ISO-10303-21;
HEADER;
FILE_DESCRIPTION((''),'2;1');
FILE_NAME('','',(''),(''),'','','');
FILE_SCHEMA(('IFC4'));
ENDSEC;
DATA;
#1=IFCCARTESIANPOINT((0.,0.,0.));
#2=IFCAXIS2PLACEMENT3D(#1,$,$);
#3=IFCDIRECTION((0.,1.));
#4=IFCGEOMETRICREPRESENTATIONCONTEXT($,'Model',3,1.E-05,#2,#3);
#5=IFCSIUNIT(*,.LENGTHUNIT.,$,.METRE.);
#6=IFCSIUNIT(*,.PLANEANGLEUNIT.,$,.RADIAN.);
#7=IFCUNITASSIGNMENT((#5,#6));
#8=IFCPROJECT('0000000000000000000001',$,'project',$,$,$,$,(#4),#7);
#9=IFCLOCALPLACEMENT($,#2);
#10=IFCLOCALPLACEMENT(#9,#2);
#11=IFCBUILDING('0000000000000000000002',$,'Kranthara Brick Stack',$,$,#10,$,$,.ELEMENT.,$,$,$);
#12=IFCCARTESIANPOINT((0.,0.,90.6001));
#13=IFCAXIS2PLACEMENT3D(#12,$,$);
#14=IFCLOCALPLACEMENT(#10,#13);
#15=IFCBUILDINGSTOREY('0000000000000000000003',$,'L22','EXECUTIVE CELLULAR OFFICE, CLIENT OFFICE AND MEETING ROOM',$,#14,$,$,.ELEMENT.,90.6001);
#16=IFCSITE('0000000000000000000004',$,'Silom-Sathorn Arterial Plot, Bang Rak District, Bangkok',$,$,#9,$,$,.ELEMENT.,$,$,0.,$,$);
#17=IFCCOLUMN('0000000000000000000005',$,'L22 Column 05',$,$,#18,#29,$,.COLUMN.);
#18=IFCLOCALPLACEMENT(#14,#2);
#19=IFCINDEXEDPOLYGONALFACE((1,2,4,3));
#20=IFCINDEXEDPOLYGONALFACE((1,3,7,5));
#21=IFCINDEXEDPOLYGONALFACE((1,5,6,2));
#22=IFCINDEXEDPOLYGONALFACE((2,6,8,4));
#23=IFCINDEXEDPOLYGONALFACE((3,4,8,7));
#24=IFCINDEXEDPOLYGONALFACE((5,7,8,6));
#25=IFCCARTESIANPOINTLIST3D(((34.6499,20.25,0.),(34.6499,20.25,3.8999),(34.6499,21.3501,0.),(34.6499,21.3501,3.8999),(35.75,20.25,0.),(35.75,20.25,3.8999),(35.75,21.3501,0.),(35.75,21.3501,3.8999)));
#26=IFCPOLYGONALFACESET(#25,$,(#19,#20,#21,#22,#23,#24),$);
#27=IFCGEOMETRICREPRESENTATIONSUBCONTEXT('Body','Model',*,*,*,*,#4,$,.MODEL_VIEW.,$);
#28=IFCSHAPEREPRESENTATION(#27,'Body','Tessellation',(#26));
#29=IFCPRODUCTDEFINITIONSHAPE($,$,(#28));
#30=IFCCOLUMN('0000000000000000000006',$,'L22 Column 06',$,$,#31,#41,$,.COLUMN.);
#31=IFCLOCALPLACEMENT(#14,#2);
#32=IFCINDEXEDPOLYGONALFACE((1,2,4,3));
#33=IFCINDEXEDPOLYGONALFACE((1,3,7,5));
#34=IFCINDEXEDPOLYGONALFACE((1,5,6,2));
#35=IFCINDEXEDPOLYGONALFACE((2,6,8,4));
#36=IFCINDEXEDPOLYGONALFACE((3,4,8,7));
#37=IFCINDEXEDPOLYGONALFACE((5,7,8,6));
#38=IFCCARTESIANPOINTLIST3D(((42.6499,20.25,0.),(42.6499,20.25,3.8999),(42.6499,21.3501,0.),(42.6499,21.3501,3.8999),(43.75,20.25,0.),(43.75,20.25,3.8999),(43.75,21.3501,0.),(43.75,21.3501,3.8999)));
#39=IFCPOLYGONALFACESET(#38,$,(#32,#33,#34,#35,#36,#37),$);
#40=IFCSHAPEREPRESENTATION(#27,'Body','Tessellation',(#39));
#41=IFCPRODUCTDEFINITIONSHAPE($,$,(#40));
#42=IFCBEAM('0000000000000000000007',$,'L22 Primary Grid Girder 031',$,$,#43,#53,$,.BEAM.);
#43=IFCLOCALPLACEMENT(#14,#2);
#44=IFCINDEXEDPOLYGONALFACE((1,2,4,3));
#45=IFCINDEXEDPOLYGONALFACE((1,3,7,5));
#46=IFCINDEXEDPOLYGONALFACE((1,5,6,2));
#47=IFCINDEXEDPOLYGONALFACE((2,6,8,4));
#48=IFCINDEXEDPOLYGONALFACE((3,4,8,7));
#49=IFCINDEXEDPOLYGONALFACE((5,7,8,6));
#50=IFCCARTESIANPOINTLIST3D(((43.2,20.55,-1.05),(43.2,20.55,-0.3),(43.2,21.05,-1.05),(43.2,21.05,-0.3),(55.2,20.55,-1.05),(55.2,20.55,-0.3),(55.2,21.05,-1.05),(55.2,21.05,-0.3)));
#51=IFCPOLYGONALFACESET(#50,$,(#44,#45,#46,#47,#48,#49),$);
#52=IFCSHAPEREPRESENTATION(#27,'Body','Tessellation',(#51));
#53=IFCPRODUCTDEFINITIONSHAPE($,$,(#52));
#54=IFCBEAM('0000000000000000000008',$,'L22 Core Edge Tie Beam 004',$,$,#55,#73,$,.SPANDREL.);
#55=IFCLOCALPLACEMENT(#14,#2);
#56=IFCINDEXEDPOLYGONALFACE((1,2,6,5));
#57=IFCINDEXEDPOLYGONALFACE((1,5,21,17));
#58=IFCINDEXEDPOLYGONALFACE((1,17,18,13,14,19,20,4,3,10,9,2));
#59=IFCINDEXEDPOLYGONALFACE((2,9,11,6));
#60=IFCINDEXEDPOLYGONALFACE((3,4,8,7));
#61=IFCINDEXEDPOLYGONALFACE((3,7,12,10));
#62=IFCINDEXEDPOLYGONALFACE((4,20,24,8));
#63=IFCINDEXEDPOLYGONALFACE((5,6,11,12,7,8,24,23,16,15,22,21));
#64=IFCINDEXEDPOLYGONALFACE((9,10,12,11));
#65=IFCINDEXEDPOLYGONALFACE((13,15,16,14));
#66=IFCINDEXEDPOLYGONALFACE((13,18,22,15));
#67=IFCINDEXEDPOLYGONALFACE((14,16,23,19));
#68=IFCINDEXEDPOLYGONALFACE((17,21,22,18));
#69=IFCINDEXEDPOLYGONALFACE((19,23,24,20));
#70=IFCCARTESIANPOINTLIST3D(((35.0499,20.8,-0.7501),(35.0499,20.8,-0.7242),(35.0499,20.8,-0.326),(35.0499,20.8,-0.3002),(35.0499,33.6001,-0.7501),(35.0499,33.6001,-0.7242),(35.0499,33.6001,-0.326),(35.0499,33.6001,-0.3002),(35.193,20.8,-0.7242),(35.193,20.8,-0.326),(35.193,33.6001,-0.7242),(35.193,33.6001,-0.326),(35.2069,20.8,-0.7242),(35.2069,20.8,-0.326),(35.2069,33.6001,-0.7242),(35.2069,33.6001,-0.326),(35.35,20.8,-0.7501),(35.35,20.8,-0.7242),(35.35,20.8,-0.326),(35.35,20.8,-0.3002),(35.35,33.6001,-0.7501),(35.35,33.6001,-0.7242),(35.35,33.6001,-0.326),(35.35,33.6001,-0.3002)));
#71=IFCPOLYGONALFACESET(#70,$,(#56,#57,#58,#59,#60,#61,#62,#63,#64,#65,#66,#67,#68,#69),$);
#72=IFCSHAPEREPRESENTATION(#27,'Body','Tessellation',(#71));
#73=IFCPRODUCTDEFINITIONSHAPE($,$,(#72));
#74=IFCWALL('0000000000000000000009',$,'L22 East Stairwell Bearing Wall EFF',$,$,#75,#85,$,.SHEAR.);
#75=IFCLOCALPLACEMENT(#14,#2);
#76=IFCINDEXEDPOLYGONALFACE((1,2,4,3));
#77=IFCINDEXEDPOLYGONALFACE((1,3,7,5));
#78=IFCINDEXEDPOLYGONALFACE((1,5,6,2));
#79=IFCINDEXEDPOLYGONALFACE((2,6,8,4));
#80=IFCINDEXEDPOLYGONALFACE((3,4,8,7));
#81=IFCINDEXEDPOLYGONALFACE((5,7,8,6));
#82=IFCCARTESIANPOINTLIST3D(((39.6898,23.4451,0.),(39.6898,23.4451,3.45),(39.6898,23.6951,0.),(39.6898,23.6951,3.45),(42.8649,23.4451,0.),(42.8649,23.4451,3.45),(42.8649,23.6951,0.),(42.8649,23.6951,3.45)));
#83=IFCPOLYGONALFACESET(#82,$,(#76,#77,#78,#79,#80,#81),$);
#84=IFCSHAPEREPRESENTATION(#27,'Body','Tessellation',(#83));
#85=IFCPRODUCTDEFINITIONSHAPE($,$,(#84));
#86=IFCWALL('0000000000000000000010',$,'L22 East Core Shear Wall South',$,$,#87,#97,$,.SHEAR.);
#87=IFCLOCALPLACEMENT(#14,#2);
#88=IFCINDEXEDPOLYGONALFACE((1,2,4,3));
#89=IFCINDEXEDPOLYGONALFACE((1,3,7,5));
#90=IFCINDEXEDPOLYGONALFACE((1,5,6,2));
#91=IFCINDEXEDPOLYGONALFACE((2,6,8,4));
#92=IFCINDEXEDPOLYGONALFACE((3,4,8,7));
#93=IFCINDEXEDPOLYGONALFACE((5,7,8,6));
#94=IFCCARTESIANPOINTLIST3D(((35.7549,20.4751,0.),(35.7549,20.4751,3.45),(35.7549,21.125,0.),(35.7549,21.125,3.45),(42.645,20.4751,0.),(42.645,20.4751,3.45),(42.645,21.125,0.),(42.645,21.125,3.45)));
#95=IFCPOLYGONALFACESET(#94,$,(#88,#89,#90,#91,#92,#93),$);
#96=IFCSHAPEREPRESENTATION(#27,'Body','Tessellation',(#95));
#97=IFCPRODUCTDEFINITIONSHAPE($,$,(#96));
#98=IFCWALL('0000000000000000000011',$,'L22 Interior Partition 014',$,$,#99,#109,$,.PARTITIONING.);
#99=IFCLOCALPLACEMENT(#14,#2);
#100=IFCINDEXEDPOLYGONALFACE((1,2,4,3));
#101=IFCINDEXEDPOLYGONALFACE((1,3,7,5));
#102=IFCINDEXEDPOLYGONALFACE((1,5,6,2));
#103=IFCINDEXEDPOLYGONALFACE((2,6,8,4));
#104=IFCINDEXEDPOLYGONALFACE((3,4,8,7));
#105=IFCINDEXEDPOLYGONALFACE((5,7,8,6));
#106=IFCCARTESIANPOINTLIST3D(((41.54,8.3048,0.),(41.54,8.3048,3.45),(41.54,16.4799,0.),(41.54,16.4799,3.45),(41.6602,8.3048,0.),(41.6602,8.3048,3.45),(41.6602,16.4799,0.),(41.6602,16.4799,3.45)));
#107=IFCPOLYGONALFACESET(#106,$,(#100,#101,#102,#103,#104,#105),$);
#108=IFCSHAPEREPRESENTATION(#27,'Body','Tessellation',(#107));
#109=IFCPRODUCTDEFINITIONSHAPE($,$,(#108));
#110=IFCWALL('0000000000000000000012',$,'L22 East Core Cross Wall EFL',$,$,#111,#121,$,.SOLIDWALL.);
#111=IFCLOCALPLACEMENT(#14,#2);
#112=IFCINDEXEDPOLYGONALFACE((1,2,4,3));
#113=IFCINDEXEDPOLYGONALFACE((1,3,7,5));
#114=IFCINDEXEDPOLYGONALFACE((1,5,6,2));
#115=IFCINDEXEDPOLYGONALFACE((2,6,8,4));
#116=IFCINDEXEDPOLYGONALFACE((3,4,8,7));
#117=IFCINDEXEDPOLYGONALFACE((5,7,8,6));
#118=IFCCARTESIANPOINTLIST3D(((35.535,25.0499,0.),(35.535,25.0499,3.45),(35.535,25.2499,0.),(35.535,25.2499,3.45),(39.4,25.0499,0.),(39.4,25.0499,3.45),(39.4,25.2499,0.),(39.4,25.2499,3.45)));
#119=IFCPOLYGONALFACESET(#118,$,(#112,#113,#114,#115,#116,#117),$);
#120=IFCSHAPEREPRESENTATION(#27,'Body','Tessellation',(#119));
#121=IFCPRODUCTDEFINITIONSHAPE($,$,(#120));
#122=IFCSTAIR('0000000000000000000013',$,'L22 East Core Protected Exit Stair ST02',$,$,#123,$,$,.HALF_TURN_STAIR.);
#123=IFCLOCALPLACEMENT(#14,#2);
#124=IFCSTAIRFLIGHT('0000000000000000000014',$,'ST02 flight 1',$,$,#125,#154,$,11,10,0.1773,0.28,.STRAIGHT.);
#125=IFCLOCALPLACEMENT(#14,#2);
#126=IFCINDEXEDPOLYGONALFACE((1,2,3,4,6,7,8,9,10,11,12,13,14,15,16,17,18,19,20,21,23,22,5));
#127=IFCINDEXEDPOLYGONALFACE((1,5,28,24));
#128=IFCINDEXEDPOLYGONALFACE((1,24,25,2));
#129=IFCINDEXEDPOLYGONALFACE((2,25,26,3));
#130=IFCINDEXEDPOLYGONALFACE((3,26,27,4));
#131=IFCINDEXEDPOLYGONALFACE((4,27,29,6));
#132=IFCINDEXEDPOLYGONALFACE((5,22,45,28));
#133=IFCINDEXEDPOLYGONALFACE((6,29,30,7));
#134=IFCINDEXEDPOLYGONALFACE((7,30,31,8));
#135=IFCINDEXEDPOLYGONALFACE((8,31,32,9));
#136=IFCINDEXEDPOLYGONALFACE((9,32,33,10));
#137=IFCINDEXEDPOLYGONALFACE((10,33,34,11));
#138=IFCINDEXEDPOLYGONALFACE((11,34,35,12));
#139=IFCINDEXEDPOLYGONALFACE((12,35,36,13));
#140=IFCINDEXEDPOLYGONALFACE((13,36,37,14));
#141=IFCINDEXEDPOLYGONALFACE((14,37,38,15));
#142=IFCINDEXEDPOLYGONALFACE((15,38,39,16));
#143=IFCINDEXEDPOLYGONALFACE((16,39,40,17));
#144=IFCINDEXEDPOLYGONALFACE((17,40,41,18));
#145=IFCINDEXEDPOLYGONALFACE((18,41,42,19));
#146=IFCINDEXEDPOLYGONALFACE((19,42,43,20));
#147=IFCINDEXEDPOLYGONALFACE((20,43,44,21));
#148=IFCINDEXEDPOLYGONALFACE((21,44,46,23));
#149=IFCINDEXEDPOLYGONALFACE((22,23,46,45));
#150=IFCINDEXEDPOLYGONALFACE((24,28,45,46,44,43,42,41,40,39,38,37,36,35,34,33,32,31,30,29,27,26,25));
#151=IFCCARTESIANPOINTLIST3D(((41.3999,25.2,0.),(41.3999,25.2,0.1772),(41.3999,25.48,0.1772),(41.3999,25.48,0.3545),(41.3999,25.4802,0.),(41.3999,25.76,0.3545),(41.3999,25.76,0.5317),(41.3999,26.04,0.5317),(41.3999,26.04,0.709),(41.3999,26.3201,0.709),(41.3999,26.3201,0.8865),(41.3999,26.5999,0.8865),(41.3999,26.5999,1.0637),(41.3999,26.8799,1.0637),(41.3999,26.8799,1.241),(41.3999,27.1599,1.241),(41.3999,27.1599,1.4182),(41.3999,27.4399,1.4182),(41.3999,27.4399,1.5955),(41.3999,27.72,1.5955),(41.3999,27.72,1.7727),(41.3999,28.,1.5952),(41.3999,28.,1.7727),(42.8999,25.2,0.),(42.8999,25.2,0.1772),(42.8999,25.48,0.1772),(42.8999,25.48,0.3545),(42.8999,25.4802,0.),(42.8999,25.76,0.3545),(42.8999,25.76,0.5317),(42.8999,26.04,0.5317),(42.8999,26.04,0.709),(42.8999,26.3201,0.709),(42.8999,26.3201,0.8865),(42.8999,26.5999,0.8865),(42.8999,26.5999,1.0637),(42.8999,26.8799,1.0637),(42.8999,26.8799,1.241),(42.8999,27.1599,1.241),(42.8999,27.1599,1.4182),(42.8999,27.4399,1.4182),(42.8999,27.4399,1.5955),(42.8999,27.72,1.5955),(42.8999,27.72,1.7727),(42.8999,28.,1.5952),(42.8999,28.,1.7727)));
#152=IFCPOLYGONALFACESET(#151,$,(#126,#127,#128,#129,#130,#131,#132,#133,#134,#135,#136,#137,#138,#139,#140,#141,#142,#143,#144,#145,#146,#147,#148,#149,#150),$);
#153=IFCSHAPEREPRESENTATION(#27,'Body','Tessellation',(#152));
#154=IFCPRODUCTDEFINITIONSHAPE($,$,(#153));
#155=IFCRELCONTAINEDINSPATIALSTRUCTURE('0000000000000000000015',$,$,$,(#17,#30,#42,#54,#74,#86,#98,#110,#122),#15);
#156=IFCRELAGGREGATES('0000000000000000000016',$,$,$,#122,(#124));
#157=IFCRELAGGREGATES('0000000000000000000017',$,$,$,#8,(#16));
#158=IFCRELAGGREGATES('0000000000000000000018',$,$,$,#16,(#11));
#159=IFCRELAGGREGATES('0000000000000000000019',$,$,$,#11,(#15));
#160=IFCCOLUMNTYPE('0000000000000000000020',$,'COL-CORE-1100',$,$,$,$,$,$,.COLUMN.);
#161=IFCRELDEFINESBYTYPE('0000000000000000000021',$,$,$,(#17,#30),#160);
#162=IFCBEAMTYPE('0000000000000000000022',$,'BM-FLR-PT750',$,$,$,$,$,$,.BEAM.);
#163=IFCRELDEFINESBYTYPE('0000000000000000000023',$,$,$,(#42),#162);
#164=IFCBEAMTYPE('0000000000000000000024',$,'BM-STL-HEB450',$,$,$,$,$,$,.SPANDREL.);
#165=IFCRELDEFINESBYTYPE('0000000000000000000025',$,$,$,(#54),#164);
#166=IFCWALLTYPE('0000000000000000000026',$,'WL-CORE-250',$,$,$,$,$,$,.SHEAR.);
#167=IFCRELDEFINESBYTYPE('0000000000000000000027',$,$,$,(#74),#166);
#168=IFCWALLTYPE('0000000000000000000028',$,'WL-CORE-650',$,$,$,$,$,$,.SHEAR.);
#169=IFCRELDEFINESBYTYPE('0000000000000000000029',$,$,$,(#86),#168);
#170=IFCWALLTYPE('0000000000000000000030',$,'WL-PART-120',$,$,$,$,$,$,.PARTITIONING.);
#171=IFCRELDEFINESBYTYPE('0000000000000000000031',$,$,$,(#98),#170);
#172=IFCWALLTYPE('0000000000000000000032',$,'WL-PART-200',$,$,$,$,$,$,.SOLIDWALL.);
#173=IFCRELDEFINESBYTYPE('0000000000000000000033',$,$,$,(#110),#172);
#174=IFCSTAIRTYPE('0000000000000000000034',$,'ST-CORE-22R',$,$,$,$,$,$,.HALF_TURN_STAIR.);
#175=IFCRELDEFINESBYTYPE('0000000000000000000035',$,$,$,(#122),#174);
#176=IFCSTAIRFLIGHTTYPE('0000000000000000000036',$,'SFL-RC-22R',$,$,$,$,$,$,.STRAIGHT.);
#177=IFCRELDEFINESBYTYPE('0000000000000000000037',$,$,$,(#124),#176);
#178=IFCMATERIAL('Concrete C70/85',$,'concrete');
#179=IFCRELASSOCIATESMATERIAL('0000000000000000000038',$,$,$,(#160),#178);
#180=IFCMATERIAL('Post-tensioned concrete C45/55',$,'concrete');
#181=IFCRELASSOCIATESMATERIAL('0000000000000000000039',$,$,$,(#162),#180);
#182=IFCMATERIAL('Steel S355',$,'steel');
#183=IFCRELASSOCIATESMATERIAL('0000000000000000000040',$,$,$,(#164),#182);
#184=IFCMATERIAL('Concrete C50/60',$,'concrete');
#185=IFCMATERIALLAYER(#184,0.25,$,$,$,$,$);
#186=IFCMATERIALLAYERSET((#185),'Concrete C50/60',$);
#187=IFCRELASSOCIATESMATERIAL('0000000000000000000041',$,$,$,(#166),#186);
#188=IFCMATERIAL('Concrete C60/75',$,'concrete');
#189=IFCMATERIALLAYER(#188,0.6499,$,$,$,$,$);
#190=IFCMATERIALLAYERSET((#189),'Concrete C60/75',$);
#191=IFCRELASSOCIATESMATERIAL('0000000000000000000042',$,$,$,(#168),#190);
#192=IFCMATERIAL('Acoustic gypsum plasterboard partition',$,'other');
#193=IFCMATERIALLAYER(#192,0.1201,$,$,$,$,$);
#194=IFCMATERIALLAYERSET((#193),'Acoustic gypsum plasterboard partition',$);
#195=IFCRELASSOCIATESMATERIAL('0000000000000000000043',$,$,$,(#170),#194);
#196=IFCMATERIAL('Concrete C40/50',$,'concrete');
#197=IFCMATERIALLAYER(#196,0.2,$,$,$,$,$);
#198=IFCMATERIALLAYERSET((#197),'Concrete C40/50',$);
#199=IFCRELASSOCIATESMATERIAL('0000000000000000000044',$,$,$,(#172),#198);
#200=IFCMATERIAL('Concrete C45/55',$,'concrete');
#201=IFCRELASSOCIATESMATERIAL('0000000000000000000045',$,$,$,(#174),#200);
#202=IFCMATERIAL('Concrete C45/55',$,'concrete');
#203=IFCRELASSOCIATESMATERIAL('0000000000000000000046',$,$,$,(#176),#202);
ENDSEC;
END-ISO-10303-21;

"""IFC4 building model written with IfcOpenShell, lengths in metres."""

from ifc_helpers import new_model, si_unit, direction, frame, frame_2d, origin, origin_2d, place, context, subcontext, project, spatial, polyline, rectangle, i_section, outline, extrude, material, layer, layer_set, material_profile, profile_set, type_object, element, aggregate, save


model = new_model("IFC4")

# Units and contexts
model_context = context("Model", 3, precision=1e-05, world=origin(), true_north=direction((0.0, 1.0)))
body_context = subcontext(model_context, "Body", "Model", "MODEL_VIEW")
ifc_project = project(units=[si_unit("LENGTHUNIT", "METRE"), si_unit("PLANEANGLEUNIT", "RADIAN")], contexts=[model_context])

# Site, building, storey
site_placement = place(None, origin())
site = spatial("IfcSite", under=ifc_project, at=site_placement, Name="Silom-Sathorn Arterial Plot, Bang Rak District, Bangkok", CompositionType="ELEMENT", RefElevation=0.0)
building_placement = place(site_placement, origin())
building = spatial("IfcBuilding", under=site, at=building_placement, Name="Kranthara Brick Stack", CompositionType="ELEMENT")
storey_placement = place(building_placement, frame((0.0, 0.0, 90.6001)))
storey = spatial("IfcBuildingStorey", under=building, at=storey_placement, Name="L22", Description="EXECUTIVE CELLULAR OFFICE, CLIENT OFFICE AND MEETING ROOM", CompositionType="ELEMENT", Elevation=90.6001)

# Columns
ifc_material_1 = material(Name="Concrete C70/85", Category="concrete")
ifc_material_profile_1 = material_profile(ifc_material_1, rectangle(XDim=1.1001, YDim=1.1001, at=origin_2d()), Name="RC 1100x1100")
ifc_profile_set_1 = profile_set([ifc_material_profile_1], Name="Concrete C70/85")
column_type = type_object("IfcColumnType", Name="COL-CORE-1100", PredefinedType="COLUMN", material=ifc_profile_set_1)
for number, where, z_axis, x_axis, name in (
    (1, (35.2, 20.8, 0.0), (0.0, 0.0, 1.0), (1.0, 0.0, 0.0), "L22 Column 05"),
    (2, (43.2, 20.8, 0.0), (0.0, 0.0, 1.0), (1.0, 0.0, 0.0), "L22 Column 06"),
):
    element("IfcColumn", number, at=place(storey_placement, frame(where, z_axis=z_axis, x_axis=x_axis)), inside=storey, type_object=column_type, Name=name, PredefinedType="COLUMN", context=body_context, shape_type="SweptSolid", body=[
        extrude(rectangle(XDim=1.1001, YDim=1.1001, at=origin_2d()), origin(), (0.0, 0.0, 1.0), 3.8999),
    ])

# Beams
ifc_material_2 = material(Name="Post-tensioned concrete C45/55", Category="concrete")
ifc_material_profile_2 = material_profile(ifc_material_2, rectangle(XDim=0.5, YDim=0.75, at=origin_2d()), Name="PT 500x750")
ifc_profile_set_2 = profile_set([ifc_material_profile_2], Name="Post-tensioned concrete C45/55")
beam_type_1 = type_object("IfcBeamType", Name="BM-FLR-PT750", PredefinedType="BEAM", material=ifc_profile_set_2)
beam_1_placement = place(storey_placement, frame((43.2, 20.8, -0.675), z_axis=(1.0, 0.0, 0.0), x_axis=(0.0, 1.0, 0.0)))
element("IfcBeam", 3, at=beam_1_placement, inside=storey, type_object=beam_type_1, Name="L22 Primary Grid Girder 031", PredefinedType="BEAM", context=body_context, shape_type="SweptSolid", body=[
    extrude(rectangle(XDim=0.5, YDim=0.75, at=origin_2d()), origin(), (0.0, 0.0, 1.0), 12.0),
])
ifc_material_3 = material(Name="Steel S355", Category="steel")
ifc_material_profile_3 = material_profile(ifc_material_3, i_section(OverallWidth=0.3, OverallDepth=0.45, WebThickness=0.0139, FlangeThickness=0.0259, at=origin_2d()), Name="HEB 450")
ifc_profile_set_3 = profile_set([ifc_material_profile_3], Name="Steel S355")
beam_type_2 = type_object("IfcBeamType", Name="BM-STL-HEB450", PredefinedType="SPANDREL", material=ifc_profile_set_3)
beam_2_placement = place(storey_placement, frame((35.2, 20.8, -0.5251), z_axis=(0.0, 1.0, 0.0), x_axis=(-1.0, 0.0, 0.0)))
element("IfcBeam", 4, at=beam_2_placement, inside=storey, type_object=beam_type_2, Name="L22 Core Edge Tie Beam 004", PredefinedType="SPANDREL", context=body_context, shape_type="SweptSolid", body=[
    extrude(i_section(OverallWidth=0.3, OverallDepth=0.45, WebThickness=0.0139, FlangeThickness=0.0259, at=origin_2d()), origin(), (0.0, 0.0, 1.0), 12.8),
])

# Shared definitions
ifc_material_4 = material(Name="Concrete C50/60", Category="concrete")
ifc_layer_1 = layer(ifc_material_4, 0.25)
ifc_layer_set_1 = layer_set([ifc_layer_1], Name="Concrete C50/60")
wall_type_1 = type_object("IfcWallType", Name="WL-CORE-250", PredefinedType="SHEAR", material=ifc_layer_set_1)

# Walls
wall_1_placement = place(storey_placement, frame((39.6899, 23.5701, 0.0), z_axis=(0.0, 0.0, 1.0), x_axis=(1.0, 0.0, 0.0)))
element("IfcWall", 5, at=wall_1_placement, inside=storey, type_object=wall_type_1, Name="L22 East Stairwell Bearing Wall EFF", PredefinedType="SHEAR", context=body_context, shape_type="SweptSolid", body=[
    extrude(rectangle(XDim=3.175, YDim=0.25, at=frame_2d((1.5874, 0.0))), origin(), (0.0, 0.0, 1.0), 3.45),
])
ifc_material_5 = material(Name="Concrete C60/75", Category="concrete")
ifc_layer_2 = layer(ifc_material_5, 0.6499)
ifc_layer_set_2 = layer_set([ifc_layer_2], Name="Concrete C60/75")
wall_type_2 = type_object("IfcWallType", Name="WL-CORE-650", PredefinedType="SHEAR", material=ifc_layer_set_2)
wall_2_placement = place(storey_placement, frame((35.7549, 20.8, 0.0), z_axis=(0.0, 0.0, 1.0), x_axis=(1.0, 0.0, 0.0)))
element("IfcWall", 6, at=wall_2_placement, inside=storey, type_object=wall_type_2, Name="L22 East Core Shear Wall South", PredefinedType="SHEAR", context=body_context, shape_type="SweptSolid", body=[
    extrude(rectangle(XDim=6.8901, YDim=0.6499, at=frame_2d((3.4451, 0.0))), origin(), (0.0, 0.0, 1.0), 3.45),
])

# Walls
ifc_material_6 = material(Name="Acoustic gypsum plasterboard partition", Category="other")
ifc_layer_3 = layer(ifc_material_6, 0.1201)
ifc_layer_set_3 = layer_set([ifc_layer_3], Name="Acoustic gypsum plasterboard partition")
wall_type_3 = type_object("IfcWallType", Name="WL-PART-120", PredefinedType="PARTITIONING", material=ifc_layer_set_3)
wall_3_placement = place(storey_placement, frame((41.6001, 8.3049, 0.0), z_axis=(0.0, 0.0, 1.0), x_axis=(0.0, 1.0, 0.0)))
element("IfcWall", 7, at=wall_3_placement, inside=storey, type_object=wall_type_3, Name="L22 Interior Partition 014", PredefinedType="PARTITIONING", context=body_context, shape_type="SweptSolid", body=[
    extrude(rectangle(XDim=8.175, YDim=0.1201, at=frame_2d((4.0874, 0.0))), origin(), (0.0, 0.0, 1.0), 3.45),
])
ifc_material_7 = material(Name="Concrete C40/50", Category="concrete")
ifc_layer_4 = layer(ifc_material_7, 0.2)
ifc_layer_set_4 = layer_set([ifc_layer_4], Name="Concrete C40/50")
wall_type_4 = type_object("IfcWallType", Name="WL-PART-200", PredefinedType="SOLIDWALL", material=ifc_layer_set_4)
wall_4_placement = place(storey_placement, frame((35.5349, 25.1499, 0.0), z_axis=(0.0, 0.0, 1.0), x_axis=(1.0, 0.0, 0.0)))
element("IfcWall", 8, at=wall_4_placement, inside=storey, type_object=wall_type_4, Name="L22 East Core Cross Wall EFL", PredefinedType="SOLIDWALL", context=body_context, shape_type="SweptSolid", body=[
    extrude(rectangle(XDim=3.865, YDim=0.2, at=frame_2d((1.9326, 0.0))), origin(), (0.0, 0.0, 1.0), 3.45),
])

# Stair, stair flight
ifc_material_8 = material(Name="Concrete C45/55", Category="concrete")
stair_type = type_object("IfcStairType", Name="ST-CORE-22R", PredefinedType="HALF_TURN_STAIR", material=ifc_material_8)
stair_placement = place(storey_placement, origin())
stair = element("IfcStair", 9, at=stair_placement, inside=storey, type_object=stair_type, Name="L22 East Core Protected Exit Stair ST02", PredefinedType="HALF_TURN_STAIR")
ifc_material_9 = material(Name="Concrete C45/55", Category="concrete")
stair_flight_type = type_object("IfcStairFlightType", Name="SFL-RC-22R", PredefinedType="STRAIGHT", material=ifc_material_9)
stair_flight_placement = place(storey_placement, frame((42.1499, 25.2, 0.0), z_axis=(0.0, 0.0, 1.0), x_axis=(0.0, 1.0, 0.0)))
stair_flight = element("IfcStairFlight", 10, at=stair_flight_placement, type_object=stair_flight_type, Name="ST02 flight 1", NumberOfRisers=11, NumberOfTreads=10, PredefinedType="STRAIGHT", RiserHeight=0.1773, TreadLength=0.28, context=body_context, shape_type="SweptSolid", body=[
    extrude(outline(polyline([(0.0, 0.0), (0.0, 0.1772), (0.28, 0.1772), (0.28, 0.3545), (0.5601, 0.3545), (0.5601, 0.5317), (0.8401, 0.5317), (0.8401, 0.709), (1.1201, 0.709), (1.1201, 0.8865), (1.3999, 0.8865), (1.3999, 1.0637), (1.6799, 1.0637), (1.6799, 1.241), (1.96, 1.241), (1.96, 1.4182), (2.24, 1.4182), (2.24, 1.5955), (2.52, 1.5955), (2.52, 1.7727), (2.8, 1.7727), (2.8, 1.95), (2.8, 1.5952), (0.2803, 0.0), (0.0, 0.0)])), frame((0.0, 0.75, 0.0), z_axis=(0.0, -1.0, 0.0), x_axis=(1.0, 0.0, 0.0)), (0.0, 0.0, 1.0), 1.5),
])
aggregate(stair, [stair_flight])

save(model, "model.ifc")
